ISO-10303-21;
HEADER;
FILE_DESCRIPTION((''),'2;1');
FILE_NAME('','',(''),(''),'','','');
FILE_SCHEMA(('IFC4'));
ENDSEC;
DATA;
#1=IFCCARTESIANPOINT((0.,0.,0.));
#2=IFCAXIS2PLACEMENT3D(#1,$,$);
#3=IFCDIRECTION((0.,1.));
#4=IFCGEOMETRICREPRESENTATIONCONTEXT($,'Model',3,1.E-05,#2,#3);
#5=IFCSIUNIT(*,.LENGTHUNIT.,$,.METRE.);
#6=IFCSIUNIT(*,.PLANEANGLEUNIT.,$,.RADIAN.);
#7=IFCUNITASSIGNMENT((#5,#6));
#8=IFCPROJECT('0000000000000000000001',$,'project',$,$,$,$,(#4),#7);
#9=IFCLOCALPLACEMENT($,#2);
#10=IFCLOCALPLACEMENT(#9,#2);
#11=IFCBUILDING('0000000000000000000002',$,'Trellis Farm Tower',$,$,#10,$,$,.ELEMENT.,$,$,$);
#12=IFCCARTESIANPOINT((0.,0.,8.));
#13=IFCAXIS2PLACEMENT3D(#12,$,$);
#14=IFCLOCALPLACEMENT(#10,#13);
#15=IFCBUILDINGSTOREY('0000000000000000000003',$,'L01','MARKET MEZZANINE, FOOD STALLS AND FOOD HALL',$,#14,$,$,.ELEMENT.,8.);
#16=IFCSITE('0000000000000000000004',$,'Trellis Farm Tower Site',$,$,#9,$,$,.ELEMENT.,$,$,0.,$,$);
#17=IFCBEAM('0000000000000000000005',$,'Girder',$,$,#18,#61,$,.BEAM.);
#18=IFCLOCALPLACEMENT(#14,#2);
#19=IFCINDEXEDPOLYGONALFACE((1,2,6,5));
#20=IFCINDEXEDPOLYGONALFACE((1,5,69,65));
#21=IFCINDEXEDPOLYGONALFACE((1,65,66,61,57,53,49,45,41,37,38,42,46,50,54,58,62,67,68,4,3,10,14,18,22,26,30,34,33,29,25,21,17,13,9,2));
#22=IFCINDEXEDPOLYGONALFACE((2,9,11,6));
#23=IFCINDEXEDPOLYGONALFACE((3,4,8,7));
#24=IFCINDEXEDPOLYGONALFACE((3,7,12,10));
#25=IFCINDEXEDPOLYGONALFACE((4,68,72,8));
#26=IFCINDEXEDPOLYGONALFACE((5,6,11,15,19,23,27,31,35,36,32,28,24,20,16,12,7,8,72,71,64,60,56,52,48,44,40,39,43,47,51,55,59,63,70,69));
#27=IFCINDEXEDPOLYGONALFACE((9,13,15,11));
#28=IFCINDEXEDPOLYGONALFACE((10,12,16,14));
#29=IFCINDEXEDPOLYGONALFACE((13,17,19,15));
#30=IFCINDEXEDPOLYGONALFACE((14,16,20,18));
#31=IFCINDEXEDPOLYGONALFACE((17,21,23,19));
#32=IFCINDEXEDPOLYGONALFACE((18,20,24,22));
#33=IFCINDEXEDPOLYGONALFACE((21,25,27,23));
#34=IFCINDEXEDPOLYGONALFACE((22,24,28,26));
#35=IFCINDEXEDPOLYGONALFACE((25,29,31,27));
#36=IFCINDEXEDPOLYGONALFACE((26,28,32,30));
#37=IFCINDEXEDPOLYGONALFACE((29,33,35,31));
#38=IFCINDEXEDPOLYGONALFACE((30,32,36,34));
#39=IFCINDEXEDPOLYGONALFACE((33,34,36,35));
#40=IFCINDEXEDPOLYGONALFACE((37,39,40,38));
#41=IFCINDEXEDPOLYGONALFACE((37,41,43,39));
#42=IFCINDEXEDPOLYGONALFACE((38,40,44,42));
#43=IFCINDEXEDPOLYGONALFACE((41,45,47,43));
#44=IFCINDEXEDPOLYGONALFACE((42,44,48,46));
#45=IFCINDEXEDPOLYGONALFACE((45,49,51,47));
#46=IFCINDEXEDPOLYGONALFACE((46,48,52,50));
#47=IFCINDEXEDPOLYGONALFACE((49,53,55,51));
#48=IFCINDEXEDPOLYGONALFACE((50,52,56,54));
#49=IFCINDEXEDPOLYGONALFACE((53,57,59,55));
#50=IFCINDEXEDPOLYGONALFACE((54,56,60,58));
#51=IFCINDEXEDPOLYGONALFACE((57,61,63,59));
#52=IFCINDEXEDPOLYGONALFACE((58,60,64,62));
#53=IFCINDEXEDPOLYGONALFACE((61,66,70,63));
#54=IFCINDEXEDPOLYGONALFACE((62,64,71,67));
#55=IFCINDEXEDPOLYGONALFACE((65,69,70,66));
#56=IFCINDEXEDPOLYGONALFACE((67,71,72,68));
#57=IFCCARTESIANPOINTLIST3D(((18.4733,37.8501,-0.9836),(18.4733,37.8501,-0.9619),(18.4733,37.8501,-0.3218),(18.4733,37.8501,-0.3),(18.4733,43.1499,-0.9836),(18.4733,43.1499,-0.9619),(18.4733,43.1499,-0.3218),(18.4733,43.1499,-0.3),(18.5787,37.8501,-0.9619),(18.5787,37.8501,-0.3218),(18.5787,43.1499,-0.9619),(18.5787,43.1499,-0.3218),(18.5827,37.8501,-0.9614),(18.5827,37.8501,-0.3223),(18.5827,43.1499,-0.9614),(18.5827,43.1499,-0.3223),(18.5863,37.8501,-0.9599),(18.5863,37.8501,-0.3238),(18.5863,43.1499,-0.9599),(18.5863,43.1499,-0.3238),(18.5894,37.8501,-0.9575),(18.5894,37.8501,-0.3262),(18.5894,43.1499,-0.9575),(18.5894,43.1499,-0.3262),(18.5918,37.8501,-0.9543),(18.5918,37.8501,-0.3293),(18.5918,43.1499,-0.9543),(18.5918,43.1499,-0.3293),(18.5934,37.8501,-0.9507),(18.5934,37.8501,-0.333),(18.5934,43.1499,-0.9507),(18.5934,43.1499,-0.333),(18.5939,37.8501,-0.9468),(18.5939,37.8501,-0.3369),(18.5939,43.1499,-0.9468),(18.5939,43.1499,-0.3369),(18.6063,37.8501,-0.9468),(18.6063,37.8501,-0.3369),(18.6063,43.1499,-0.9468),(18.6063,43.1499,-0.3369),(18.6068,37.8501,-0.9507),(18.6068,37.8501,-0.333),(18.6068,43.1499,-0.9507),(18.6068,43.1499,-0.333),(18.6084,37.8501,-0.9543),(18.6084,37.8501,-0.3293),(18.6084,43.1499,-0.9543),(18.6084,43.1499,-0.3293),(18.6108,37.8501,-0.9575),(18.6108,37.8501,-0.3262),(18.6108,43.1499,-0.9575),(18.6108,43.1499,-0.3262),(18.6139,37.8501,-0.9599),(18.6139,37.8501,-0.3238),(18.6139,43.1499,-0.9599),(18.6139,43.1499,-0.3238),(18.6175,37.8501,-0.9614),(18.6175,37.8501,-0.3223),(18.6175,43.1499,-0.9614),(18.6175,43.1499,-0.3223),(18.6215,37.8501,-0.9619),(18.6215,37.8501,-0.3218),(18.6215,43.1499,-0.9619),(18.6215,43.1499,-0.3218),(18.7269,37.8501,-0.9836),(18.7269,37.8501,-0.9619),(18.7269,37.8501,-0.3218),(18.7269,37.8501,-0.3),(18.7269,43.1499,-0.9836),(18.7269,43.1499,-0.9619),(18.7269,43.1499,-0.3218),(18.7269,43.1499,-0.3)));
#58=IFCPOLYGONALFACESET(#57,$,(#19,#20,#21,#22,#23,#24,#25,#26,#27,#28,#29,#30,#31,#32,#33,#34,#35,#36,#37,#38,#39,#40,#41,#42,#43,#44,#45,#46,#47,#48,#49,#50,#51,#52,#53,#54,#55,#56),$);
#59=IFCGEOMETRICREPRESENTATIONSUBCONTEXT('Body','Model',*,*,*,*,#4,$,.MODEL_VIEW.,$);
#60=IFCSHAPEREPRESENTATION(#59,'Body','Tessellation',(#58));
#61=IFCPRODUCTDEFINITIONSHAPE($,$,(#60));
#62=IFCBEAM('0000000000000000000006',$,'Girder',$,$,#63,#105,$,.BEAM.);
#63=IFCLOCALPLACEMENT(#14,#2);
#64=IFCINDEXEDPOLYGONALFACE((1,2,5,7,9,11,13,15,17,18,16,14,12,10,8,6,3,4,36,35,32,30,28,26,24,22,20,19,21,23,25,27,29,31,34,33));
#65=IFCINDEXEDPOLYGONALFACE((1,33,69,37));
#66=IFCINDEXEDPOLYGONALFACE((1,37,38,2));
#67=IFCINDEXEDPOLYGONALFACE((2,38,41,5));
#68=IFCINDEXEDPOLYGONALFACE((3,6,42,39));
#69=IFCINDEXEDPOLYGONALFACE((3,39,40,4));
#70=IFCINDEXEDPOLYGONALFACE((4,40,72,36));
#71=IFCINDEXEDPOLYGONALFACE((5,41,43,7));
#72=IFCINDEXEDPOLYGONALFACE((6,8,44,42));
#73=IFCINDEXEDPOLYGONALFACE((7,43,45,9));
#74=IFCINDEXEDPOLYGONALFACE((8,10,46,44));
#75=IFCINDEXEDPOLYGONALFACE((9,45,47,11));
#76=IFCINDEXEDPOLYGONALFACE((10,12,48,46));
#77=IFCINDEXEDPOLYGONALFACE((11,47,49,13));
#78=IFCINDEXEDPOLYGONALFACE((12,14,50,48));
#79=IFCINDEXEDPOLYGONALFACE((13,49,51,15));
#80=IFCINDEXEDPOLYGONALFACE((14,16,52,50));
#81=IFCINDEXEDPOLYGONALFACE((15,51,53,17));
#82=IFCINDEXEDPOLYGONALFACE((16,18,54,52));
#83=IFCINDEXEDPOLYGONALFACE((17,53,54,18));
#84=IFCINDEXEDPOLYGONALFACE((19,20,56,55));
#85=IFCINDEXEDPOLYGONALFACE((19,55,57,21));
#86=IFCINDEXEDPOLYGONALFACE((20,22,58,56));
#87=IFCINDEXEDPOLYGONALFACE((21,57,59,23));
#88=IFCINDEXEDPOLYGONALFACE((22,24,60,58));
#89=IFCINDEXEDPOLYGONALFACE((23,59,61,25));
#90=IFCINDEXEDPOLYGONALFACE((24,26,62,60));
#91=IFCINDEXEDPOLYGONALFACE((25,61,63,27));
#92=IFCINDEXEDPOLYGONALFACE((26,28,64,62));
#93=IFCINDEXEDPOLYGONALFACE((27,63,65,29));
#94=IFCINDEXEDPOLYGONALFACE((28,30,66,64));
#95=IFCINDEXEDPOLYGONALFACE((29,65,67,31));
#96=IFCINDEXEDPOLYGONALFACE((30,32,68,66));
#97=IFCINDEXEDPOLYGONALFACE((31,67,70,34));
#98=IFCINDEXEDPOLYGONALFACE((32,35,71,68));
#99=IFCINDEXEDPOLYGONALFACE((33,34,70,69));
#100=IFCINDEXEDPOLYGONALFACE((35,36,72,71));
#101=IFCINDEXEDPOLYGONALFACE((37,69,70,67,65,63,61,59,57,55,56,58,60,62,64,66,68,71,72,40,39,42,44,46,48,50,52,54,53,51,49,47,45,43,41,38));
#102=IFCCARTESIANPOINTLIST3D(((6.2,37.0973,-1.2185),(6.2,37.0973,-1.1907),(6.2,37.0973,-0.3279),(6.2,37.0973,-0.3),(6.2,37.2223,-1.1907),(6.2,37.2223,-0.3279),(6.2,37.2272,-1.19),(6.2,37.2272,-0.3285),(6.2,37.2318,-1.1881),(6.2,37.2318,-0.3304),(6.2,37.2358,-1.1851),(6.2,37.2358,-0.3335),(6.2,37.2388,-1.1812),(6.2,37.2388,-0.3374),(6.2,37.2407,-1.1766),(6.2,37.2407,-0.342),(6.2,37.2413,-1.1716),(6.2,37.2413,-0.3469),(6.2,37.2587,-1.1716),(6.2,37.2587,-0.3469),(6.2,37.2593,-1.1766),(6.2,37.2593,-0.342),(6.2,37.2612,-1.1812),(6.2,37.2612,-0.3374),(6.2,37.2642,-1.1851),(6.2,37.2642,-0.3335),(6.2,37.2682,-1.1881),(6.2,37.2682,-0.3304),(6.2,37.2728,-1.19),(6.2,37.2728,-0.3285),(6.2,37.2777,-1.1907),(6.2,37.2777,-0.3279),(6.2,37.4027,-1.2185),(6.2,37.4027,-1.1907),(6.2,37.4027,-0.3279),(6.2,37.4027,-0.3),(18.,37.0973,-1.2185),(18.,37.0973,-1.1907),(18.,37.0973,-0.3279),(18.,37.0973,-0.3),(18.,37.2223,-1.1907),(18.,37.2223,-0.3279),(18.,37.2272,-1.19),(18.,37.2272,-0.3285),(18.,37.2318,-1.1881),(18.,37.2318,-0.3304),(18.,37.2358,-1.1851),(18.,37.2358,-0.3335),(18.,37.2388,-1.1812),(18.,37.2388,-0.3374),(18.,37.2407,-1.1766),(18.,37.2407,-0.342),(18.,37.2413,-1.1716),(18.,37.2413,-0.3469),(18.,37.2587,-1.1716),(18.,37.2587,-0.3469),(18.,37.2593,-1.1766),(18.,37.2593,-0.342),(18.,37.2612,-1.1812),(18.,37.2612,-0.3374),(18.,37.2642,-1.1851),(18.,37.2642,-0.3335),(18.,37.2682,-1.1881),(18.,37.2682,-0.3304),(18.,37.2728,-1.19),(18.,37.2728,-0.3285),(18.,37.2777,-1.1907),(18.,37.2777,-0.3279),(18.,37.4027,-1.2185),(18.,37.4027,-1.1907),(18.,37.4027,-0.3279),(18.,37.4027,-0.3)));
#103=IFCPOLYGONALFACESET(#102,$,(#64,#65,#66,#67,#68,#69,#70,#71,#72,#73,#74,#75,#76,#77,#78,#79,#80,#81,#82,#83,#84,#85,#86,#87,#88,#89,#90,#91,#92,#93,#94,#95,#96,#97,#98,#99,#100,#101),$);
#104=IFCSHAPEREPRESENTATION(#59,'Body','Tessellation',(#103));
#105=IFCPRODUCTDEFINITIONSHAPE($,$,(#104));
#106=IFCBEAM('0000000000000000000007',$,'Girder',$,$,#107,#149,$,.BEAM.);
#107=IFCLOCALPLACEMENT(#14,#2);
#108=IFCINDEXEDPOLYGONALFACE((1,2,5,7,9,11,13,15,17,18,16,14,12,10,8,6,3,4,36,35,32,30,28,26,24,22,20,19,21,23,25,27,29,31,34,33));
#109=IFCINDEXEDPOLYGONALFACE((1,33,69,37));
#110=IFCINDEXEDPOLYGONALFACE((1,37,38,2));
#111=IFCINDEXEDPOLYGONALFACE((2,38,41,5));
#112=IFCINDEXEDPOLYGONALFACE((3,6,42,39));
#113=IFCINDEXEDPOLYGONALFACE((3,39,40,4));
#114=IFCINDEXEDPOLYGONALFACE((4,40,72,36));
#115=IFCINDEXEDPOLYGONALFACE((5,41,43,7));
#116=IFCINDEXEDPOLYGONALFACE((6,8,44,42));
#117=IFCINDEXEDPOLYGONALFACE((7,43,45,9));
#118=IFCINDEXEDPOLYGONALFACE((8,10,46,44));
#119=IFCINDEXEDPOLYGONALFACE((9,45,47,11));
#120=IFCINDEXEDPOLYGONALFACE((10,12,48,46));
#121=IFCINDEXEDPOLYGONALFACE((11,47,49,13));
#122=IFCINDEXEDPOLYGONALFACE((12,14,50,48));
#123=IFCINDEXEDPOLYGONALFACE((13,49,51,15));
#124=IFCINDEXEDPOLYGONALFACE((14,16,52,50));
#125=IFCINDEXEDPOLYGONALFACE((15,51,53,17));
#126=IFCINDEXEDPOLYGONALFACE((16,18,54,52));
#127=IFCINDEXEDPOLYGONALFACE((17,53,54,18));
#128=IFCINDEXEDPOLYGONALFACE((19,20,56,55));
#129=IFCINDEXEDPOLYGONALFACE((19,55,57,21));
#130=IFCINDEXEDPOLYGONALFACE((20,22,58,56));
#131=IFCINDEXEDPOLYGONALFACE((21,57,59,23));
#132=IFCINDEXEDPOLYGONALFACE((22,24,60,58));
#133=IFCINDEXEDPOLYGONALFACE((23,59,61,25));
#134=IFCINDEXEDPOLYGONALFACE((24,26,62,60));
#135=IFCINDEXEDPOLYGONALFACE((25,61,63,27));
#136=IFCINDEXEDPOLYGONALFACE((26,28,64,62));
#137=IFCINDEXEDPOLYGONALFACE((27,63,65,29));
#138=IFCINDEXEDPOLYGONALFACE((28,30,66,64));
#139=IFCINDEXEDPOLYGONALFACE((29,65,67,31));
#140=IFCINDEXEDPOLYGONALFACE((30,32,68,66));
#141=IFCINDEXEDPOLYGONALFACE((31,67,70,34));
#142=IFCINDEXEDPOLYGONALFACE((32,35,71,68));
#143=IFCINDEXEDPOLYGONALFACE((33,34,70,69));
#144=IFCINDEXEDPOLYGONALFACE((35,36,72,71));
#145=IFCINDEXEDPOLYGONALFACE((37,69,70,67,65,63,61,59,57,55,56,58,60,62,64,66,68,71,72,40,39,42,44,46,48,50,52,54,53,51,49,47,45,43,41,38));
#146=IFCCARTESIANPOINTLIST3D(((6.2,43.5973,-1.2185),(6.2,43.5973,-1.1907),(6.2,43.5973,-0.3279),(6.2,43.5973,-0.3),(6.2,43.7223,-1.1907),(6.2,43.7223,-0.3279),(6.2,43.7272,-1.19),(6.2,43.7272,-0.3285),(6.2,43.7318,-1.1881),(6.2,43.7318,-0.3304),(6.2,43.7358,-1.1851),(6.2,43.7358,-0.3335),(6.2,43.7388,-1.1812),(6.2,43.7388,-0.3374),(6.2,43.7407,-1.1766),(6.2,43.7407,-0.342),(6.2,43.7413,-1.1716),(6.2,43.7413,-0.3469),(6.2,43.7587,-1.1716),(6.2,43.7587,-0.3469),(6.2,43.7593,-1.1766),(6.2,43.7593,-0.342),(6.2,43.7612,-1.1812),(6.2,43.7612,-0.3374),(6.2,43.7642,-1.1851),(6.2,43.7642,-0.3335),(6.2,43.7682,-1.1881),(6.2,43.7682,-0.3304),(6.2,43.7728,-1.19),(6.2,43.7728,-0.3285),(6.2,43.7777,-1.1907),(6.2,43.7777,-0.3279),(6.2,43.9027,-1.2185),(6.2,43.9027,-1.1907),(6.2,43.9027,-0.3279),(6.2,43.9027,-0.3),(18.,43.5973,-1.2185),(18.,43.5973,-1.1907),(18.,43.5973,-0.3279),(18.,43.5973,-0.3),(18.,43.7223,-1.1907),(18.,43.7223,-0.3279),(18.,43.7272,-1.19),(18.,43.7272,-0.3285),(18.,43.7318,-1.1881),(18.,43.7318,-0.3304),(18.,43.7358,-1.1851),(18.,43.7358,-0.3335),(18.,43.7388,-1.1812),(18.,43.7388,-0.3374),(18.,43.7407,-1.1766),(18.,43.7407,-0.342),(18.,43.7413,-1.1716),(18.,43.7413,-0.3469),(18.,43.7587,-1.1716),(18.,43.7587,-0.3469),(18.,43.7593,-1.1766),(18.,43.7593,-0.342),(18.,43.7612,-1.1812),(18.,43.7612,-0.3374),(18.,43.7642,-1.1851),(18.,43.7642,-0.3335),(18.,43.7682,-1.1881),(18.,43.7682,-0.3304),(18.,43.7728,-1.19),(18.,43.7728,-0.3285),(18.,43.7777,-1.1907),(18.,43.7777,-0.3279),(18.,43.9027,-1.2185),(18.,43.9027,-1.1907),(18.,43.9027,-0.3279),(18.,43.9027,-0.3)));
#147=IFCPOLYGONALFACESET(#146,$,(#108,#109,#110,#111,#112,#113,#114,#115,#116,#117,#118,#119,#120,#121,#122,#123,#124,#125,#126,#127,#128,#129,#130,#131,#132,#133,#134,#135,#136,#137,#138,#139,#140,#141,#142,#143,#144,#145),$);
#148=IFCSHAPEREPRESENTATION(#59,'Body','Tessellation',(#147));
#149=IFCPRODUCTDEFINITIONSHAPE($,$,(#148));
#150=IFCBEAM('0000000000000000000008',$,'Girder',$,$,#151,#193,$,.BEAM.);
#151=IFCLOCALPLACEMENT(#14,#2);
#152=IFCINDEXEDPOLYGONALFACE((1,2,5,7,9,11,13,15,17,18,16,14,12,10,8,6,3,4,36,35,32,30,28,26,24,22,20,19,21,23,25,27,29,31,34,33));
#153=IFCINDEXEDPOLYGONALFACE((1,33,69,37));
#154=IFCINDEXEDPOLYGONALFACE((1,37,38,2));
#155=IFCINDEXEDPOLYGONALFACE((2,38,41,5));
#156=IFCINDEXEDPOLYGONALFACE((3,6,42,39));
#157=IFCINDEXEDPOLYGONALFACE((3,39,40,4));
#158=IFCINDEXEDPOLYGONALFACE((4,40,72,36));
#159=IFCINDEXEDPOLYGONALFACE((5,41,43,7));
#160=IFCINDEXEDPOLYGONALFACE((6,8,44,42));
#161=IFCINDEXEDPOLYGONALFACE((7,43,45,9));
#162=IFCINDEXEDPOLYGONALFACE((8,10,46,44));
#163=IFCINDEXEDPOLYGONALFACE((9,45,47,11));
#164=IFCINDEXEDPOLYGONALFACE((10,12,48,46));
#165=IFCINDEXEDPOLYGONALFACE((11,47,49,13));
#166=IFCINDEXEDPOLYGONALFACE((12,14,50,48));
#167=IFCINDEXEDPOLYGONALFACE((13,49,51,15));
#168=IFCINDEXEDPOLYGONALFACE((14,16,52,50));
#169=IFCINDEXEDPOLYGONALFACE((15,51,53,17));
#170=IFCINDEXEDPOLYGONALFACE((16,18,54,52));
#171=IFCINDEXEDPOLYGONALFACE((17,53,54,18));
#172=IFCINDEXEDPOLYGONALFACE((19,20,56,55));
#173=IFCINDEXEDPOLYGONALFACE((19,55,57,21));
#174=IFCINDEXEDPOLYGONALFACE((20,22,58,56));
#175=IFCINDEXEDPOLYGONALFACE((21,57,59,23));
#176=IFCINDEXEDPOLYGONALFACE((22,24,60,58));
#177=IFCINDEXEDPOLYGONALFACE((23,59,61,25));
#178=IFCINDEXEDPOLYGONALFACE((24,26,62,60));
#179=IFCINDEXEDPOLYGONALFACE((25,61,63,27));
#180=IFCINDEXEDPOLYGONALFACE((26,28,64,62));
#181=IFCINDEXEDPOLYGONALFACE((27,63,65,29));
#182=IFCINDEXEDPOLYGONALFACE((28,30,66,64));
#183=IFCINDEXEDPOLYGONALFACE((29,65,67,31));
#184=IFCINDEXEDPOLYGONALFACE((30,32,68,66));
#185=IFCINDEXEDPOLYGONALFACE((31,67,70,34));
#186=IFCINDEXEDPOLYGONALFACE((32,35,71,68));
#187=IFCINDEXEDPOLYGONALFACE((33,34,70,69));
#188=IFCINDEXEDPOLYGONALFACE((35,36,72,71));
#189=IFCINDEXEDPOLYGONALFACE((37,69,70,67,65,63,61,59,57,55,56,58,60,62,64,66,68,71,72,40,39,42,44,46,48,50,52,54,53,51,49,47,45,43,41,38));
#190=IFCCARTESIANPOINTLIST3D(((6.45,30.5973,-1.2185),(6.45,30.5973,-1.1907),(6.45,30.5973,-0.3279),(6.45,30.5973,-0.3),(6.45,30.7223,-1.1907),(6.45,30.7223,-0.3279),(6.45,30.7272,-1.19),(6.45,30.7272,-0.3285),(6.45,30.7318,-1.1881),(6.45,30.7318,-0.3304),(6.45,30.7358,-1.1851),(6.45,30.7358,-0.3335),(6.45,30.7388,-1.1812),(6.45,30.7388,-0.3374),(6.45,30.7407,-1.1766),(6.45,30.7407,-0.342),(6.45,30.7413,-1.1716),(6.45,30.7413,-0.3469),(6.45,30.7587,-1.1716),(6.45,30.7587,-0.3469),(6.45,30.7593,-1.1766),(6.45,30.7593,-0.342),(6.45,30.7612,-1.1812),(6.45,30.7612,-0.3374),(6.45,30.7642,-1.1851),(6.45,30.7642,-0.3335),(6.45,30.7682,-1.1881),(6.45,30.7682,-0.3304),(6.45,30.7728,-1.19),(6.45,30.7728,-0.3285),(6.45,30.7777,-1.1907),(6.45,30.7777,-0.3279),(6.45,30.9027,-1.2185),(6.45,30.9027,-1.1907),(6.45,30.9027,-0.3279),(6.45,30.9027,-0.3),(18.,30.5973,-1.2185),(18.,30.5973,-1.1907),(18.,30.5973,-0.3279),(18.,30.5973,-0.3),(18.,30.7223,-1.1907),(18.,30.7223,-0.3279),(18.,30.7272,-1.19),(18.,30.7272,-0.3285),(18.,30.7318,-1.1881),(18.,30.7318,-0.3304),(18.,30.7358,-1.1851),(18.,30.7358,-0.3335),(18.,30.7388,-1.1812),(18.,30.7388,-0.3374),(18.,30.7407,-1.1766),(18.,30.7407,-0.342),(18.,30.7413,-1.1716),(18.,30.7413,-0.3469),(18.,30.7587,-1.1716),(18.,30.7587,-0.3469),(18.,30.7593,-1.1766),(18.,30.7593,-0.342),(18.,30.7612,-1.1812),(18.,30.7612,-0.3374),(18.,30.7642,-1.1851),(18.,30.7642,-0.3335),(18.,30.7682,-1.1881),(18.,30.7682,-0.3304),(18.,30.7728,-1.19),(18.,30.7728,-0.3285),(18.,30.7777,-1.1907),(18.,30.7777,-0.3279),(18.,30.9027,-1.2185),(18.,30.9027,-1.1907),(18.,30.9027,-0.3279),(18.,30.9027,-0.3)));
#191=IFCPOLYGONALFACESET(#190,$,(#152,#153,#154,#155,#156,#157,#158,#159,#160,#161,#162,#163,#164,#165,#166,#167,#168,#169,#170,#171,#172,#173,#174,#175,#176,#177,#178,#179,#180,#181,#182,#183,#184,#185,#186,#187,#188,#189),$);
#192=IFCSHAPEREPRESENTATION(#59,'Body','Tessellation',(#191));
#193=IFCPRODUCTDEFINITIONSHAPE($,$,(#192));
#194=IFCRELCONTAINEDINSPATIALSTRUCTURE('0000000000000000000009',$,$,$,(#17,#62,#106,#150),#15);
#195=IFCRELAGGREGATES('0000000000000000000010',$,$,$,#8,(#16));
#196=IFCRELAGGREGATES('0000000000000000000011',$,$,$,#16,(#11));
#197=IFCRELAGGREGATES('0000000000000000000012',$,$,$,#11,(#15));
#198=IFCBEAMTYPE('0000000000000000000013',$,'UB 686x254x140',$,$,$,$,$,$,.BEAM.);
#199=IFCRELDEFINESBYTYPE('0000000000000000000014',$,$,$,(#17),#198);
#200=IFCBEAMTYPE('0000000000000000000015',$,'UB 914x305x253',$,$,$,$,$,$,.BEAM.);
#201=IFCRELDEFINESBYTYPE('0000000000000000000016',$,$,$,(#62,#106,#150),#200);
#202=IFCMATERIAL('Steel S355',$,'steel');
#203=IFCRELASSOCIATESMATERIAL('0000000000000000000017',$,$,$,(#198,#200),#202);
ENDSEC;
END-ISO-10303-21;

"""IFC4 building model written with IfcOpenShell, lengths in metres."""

from ifc_helpers import new_model, si_unit, direction, frame, origin, origin_2d, place, context, subcontext, project, spatial, i_section, extrude, source, transform, mapped, material, material_profile, profile_set, type_object, element, save


model = new_model("IFC4")

# Units and contexts
model_context = context("Model", 3, precision=1e-05, world=origin(), true_north=direction((0.0, 1.0)))
body_context = subcontext(model_context, "Body", "Model", "MODEL_VIEW")
ifc_project = project(units=[si_unit("LENGTHUNIT", "METRE"), si_unit("PLANEANGLEUNIT", "RADIAN")], contexts=[model_context])

# Site, building, storey
site_placement = place(None, origin())
site = spatial("IfcSite", under=ifc_project, at=site_placement, Name="Trellis Farm Tower Site", CompositionType="ELEMENT", RefElevation=0.0)
building_placement = place(site_placement, origin())
building = spatial("IfcBuilding", under=site, at=building_placement, Name="Trellis Farm Tower", CompositionType="ELEMENT")
storey_placement = place(building_placement, frame((0.0, 0.0, 8.0)))
storey = spatial("IfcBuildingStorey", under=building, at=storey_placement, Name="L01", Description="MARKET MEZZANINE, FOOD STALLS AND FOOD HALL", CompositionType="ELEMENT", Elevation=8.0)

# Beams
ifc_material_1 = material(Name="Steel S355", Category="steel")
ifc_material_profile_1 = material_profile(ifc_material_1, i_section(OverallWidth=0.2537, OverallDepth=0.6836, WebThickness=0.0125, FlangeThickness=0.0217, FilletRadius=0.0151, at=origin_2d()), Name="UB 686x254x140")
ifc_profile_set_1 = profile_set([ifc_material_profile_1], Name="Steel S355")
beam_type_1 = type_object("IfcBeamType", Name="UB 686x254x140", PredefinedType="BEAM", material=ifc_profile_set_1)
shared_shape_1 = source(origin(), body_context, "Body", "SweptSolid", [
    extrude(i_section(OverallWidth=0.2537, OverallDepth=0.6836, WebThickness=0.0125, FlangeThickness=0.0217, FilletRadius=0.0151, at=origin_2d()), origin(), (0.0, 0.0, 1.0), 5.2998),
])
for number, where, z_axis, x_axis, name in (
    (1, (18.6001, 37.8501, -0.6418), (0.0, 1.0, 0.0), (-1.0, 0.0, 0.0), "Girder"),
):
    element("IfcBeam", number, at=place(storey_placement, frame(where, z_axis=z_axis, x_axis=x_axis)), inside=storey, type_object=beam_type_1, Name=name, PredefinedType="BEAM", context=body_context, shape_type="MappedRepresentation", body=[
        mapped(shared_shape_1, transform((0.0, 0.0, 0.0))),
    ])
ifc_material_profile_2 = material_profile(ifc_material_1, i_section(OverallWidth=0.3054, OverallDepth=0.9185, WebThickness=0.0173, FlangeThickness=0.0278, FilletRadius=0.019, at=origin_2d()), Name="UB 914x305x253")
ifc_profile_set_2 = profile_set([ifc_material_profile_2], Name="Steel S355")
beam_type_2 = type_object("IfcBeamType", Name="UB 914x305x253", PredefinedType="BEAM", material=ifc_profile_set_2)
shared_shape_2 = source(origin(), body_context, "Body", "SweptSolid", [
    extrude(i_section(OverallWidth=0.3054, OverallDepth=0.9185, WebThickness=0.0173, FlangeThickness=0.0278, FilletRadius=0.019, at=origin_2d()), origin(), (0.0, 0.0, 1.0), 11.8),
])
for number, where, z_axis, x_axis, name in (
    (2, (6.2, 37.25, -0.7593), (1.0, 0.0, 0.0), (0.0, 1.0, 0.0), "Girder"),
    (3, (6.2, 43.75, -0.7593), (1.0, 0.0, 0.0), (0.0, 1.0, 0.0), "Girder"),
):
    element("IfcBeam", number, at=place(storey_placement, frame(where, z_axis=z_axis, x_axis=x_axis)), inside=storey, type_object=beam_type_2, Name=name, PredefinedType="BEAM", context=body_context, shape_type="MappedRepresentation", body=[
        mapped(shared_shape_2, transform((0.0, 0.0, 0.0))),
    ])
shared_shape_3 = source(origin(), body_context, "Body", "SweptSolid", [
    extrude(i_section(OverallWidth=0.3054, OverallDepth=0.9185, WebThickness=0.0173, FlangeThickness=0.0278, FilletRadius=0.019, at=origin_2d()), origin(), (0.0, 0.0, 1.0), 11.55),
])
beam_1_placement = place(storey_placement, frame((6.45, 30.75, -0.7593), z_axis=(1.0, 0.0, 0.0), x_axis=(0.0, 1.0, 0.0)))
element("IfcBeam", 4, at=beam_1_placement, inside=storey, type_object=beam_type_2, Name="Girder", PredefinedType="BEAM", context=body_context, shape_type="MappedRepresentation", body=[
    mapped(shared_shape_3, transform((0.0, 0.0, 0.0))),
])

save(model, "model.ifc")
